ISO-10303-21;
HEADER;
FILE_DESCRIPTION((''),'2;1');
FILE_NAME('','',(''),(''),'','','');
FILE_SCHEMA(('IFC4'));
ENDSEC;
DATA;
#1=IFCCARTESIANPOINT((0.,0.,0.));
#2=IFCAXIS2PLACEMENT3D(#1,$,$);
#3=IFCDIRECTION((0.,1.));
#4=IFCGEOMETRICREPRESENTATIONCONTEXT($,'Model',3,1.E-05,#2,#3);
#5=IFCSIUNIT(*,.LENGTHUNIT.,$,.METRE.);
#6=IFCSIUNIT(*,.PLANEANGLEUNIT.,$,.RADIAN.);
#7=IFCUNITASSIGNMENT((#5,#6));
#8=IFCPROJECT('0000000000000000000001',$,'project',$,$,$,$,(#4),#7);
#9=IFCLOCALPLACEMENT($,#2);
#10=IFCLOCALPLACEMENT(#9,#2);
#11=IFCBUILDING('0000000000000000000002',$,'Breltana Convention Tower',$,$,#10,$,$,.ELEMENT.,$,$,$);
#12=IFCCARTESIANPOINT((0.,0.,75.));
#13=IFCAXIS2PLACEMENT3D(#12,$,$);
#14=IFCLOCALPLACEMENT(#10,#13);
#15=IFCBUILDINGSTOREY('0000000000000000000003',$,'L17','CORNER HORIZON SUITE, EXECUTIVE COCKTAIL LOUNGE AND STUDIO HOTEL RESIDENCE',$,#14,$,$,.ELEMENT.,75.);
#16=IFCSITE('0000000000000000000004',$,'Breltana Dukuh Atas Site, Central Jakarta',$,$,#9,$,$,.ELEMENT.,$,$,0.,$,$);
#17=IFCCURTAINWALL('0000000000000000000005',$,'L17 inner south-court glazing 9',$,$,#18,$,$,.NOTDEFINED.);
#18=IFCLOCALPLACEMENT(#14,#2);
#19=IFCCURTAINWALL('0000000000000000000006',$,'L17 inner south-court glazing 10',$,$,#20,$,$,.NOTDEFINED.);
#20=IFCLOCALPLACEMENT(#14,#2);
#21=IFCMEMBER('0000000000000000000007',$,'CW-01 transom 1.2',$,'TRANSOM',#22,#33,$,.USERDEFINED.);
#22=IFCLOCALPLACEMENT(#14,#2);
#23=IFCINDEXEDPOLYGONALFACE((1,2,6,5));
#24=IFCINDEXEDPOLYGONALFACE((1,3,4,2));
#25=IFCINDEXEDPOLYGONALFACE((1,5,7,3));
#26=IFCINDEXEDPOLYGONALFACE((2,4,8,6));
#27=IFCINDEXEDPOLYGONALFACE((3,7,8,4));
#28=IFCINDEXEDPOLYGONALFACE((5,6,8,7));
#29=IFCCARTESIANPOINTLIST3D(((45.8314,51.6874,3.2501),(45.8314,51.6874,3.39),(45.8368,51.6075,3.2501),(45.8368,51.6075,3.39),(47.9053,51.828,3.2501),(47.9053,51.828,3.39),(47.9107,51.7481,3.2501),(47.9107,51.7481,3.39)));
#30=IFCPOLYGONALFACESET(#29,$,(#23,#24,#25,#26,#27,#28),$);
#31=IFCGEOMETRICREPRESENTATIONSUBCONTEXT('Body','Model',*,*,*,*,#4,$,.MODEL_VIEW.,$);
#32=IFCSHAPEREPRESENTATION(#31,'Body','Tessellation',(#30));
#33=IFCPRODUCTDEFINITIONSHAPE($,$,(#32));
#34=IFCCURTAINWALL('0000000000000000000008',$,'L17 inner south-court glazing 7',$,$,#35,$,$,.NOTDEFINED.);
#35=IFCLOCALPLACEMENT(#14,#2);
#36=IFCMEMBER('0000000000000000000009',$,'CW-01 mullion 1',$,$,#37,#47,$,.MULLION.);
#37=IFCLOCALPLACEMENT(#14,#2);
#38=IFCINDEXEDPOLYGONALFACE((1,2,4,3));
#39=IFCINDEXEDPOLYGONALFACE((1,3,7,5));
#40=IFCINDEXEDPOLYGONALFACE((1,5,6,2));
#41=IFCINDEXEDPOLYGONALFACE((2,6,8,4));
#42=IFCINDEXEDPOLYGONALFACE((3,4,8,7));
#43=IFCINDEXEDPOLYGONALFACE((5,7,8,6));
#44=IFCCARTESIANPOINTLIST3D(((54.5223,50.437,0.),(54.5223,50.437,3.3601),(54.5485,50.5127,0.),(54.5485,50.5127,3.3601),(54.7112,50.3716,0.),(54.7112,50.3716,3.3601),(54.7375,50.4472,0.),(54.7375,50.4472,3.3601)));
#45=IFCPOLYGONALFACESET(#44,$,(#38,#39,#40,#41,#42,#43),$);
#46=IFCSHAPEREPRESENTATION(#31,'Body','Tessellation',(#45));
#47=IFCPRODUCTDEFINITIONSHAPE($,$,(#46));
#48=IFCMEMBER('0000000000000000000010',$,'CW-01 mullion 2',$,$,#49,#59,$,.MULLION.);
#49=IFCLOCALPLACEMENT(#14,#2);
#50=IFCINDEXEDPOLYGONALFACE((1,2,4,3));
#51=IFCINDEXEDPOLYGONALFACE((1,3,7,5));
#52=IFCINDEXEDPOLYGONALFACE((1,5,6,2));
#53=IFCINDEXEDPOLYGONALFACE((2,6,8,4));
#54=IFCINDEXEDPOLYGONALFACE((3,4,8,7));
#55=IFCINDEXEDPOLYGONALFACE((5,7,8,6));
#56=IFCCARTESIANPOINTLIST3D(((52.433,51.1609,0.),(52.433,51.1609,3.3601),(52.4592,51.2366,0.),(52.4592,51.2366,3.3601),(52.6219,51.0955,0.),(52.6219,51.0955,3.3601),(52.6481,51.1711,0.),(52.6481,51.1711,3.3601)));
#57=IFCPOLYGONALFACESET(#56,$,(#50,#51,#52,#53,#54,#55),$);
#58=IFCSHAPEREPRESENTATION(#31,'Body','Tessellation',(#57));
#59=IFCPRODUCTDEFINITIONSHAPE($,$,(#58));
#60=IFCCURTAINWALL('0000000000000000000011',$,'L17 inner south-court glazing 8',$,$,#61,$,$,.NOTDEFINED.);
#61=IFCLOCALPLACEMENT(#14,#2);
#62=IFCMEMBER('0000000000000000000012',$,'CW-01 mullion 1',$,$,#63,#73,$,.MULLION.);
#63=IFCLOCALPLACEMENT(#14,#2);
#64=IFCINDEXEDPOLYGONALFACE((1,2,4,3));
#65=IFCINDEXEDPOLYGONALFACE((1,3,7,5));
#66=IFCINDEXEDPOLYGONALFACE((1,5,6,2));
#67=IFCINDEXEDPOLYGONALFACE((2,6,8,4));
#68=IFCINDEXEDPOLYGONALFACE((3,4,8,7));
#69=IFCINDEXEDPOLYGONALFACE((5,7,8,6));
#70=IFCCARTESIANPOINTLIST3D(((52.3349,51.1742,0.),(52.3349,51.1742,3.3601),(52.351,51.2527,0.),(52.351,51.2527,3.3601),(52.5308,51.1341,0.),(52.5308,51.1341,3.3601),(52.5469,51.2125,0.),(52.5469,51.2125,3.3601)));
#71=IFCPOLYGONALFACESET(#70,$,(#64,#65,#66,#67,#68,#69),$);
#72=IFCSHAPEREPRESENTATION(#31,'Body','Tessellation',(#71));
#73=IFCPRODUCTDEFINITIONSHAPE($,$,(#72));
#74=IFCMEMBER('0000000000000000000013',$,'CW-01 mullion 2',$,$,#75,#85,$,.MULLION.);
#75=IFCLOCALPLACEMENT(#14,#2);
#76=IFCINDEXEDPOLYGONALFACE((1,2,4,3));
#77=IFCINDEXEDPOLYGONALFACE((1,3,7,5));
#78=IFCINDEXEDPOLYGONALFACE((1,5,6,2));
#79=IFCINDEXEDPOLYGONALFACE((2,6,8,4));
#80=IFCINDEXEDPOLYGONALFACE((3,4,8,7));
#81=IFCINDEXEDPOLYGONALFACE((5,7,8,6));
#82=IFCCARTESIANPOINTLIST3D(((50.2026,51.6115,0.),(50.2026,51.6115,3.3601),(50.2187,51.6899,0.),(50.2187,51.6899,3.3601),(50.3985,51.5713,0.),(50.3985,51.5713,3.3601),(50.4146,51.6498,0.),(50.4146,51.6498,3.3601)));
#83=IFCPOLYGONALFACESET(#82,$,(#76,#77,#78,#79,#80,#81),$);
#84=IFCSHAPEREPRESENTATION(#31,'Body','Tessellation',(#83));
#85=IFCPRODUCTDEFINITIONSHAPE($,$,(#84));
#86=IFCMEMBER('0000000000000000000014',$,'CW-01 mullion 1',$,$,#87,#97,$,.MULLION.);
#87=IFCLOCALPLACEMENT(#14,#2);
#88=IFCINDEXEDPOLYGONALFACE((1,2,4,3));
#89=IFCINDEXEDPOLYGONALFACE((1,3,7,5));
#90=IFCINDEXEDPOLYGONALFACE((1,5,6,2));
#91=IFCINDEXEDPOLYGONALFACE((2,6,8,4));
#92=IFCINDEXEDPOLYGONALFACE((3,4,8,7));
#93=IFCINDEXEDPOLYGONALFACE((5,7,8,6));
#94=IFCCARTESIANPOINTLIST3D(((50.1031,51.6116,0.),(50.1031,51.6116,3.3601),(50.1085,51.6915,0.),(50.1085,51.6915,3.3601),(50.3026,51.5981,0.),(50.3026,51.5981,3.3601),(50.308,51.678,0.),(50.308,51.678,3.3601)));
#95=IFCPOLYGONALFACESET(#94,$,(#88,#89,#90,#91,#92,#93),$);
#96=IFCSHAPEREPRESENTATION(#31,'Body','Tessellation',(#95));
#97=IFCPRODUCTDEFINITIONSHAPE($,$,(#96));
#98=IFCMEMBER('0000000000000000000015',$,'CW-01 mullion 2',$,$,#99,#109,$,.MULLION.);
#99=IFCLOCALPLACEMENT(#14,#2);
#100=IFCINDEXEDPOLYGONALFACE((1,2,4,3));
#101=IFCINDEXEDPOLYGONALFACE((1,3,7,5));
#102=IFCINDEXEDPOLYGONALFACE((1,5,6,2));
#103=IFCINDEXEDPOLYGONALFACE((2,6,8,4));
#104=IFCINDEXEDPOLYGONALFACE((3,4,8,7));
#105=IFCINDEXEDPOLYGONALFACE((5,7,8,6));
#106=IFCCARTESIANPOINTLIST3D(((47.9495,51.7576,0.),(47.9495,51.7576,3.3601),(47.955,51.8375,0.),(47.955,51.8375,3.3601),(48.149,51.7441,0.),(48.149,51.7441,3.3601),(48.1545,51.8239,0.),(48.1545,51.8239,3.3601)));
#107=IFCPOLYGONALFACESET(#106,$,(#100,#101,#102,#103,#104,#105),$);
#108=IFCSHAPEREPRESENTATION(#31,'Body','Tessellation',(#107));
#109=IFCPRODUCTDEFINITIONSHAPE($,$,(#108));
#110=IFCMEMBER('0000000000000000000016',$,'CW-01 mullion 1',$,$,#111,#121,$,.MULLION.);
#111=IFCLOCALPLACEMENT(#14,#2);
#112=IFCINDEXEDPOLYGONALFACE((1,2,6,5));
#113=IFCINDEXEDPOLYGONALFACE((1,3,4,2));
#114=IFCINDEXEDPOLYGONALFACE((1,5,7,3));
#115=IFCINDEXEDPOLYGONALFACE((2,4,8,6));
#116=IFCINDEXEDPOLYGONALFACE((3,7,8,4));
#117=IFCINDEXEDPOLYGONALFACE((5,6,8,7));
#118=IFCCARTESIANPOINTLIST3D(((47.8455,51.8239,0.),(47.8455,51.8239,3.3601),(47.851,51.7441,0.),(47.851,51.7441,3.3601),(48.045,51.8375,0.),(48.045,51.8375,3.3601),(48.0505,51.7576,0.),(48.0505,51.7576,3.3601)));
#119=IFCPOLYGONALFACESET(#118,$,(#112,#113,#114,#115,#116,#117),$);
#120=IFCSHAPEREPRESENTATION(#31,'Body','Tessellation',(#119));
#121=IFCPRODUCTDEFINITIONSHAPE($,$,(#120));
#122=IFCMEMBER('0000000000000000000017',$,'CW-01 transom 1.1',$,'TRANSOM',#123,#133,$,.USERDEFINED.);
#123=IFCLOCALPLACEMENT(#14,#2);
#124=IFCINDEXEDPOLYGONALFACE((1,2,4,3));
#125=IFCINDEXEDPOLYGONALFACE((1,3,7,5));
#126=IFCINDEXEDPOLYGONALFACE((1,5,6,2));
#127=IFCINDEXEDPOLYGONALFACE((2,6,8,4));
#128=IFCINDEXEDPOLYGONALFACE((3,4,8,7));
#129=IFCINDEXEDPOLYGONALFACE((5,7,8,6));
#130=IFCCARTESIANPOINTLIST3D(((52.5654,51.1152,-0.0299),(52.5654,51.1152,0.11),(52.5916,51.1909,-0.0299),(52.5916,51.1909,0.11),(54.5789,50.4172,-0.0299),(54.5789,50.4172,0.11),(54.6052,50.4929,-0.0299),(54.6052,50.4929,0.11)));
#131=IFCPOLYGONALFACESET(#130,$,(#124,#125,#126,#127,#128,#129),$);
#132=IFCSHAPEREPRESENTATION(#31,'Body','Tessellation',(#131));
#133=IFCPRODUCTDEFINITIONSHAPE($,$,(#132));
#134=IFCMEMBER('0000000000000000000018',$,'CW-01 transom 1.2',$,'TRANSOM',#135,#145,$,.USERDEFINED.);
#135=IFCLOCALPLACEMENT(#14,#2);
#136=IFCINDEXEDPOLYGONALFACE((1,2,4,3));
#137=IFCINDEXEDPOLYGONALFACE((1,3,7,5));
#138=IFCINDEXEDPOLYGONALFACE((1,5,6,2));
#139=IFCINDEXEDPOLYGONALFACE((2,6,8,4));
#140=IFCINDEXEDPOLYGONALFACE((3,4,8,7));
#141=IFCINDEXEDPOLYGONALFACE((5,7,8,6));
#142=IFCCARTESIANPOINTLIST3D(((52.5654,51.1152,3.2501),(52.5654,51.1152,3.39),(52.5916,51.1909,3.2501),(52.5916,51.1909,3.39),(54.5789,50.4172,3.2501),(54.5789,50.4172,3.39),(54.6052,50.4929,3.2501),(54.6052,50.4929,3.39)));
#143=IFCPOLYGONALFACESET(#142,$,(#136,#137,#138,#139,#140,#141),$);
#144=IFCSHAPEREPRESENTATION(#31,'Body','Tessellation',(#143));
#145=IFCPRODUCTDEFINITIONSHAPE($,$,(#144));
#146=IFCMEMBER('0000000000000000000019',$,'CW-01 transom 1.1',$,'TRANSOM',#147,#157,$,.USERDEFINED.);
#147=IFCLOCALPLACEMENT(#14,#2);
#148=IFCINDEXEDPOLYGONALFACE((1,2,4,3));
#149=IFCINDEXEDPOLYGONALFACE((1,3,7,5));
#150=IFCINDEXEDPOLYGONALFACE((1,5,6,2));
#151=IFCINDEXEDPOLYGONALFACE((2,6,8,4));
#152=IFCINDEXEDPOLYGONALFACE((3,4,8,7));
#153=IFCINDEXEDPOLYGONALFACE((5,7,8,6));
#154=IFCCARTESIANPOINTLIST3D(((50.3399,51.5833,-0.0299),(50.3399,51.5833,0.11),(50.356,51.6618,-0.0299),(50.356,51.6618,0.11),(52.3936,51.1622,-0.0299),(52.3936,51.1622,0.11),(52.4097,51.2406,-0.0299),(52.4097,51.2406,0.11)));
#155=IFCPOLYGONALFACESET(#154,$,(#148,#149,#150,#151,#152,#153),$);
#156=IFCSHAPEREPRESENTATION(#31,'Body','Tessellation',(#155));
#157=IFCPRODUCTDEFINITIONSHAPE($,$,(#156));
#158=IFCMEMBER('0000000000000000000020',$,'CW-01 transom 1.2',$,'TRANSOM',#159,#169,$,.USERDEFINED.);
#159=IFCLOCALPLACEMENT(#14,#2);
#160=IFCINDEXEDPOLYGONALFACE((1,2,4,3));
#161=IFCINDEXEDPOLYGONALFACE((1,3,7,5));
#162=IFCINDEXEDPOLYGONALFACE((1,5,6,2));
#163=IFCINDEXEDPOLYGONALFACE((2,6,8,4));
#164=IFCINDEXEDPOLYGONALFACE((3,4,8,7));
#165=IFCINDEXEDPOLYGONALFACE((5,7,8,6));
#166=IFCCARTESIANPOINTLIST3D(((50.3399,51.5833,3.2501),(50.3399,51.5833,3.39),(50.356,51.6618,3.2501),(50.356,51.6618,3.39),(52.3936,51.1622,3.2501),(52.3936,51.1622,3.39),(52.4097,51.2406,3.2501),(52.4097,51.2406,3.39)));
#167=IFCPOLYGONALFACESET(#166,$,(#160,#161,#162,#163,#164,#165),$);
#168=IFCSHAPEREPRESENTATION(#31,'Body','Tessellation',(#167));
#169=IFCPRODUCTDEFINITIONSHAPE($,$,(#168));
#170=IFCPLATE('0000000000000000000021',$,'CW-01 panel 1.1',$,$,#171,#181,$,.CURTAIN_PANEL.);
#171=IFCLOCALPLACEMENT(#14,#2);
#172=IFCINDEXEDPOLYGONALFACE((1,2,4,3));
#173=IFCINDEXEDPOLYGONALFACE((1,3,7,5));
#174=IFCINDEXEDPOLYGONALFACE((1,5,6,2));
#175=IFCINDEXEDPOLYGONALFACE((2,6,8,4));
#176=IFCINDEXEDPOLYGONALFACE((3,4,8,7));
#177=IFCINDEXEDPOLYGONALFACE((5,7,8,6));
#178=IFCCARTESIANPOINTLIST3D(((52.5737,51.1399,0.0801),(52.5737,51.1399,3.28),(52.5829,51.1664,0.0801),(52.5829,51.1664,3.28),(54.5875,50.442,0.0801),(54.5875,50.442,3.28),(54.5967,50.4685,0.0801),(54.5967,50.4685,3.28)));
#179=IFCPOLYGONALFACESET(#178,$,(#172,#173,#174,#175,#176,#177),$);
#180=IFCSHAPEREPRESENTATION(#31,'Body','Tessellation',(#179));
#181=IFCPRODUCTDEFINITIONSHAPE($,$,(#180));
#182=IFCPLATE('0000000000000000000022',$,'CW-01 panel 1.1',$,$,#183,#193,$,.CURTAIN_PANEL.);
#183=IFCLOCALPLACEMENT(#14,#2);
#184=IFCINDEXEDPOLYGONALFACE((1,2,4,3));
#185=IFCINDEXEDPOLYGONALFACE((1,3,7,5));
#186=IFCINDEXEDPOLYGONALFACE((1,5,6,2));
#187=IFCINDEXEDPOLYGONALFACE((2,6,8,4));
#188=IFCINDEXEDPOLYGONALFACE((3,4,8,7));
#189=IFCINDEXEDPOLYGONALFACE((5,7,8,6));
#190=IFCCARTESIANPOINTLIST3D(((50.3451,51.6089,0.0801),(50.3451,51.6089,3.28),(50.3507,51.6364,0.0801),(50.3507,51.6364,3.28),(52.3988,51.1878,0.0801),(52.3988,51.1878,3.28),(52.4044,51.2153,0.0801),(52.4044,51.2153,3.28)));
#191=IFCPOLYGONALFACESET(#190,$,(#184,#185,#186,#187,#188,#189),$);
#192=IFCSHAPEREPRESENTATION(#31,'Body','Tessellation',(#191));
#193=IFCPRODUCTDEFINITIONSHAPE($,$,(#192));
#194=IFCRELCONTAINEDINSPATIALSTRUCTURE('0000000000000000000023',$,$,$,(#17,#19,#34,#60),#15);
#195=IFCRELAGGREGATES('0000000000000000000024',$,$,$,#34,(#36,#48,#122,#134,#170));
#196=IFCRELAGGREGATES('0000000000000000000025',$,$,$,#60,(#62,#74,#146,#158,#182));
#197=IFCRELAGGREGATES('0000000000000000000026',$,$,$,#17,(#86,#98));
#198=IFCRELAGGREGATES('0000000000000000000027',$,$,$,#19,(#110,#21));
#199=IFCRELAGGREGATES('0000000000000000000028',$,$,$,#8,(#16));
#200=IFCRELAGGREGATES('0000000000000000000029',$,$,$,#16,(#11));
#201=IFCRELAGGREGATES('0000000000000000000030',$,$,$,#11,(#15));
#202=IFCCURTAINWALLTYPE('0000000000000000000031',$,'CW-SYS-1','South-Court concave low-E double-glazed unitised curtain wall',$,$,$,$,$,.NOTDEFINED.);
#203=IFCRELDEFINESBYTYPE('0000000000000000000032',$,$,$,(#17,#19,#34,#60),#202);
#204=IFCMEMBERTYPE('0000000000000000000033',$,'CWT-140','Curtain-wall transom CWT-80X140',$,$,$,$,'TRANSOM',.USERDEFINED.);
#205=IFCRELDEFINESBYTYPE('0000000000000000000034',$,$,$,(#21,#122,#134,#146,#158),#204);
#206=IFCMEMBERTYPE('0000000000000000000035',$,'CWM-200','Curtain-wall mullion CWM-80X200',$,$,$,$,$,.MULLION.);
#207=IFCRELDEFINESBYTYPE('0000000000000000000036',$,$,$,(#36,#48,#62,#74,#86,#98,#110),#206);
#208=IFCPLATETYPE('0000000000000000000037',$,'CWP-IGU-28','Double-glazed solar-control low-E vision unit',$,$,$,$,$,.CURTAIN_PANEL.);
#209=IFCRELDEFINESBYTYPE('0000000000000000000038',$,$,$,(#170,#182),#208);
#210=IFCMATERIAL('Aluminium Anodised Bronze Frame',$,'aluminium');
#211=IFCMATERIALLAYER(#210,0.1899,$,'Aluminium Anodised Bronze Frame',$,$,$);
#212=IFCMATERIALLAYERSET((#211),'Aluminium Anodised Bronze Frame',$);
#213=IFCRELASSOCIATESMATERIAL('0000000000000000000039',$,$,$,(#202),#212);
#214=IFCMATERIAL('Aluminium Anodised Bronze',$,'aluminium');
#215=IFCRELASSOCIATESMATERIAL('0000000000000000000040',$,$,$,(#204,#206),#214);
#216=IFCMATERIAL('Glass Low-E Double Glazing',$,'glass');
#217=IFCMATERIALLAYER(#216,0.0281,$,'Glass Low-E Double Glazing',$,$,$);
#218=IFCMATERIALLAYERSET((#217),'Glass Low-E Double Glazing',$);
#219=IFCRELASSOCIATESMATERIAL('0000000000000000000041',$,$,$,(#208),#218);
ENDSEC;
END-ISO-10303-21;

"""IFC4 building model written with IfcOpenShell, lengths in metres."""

from ifc_helpers import new_model, si_unit, direction, frame, origin, origin_2d, place, context, subcontext, project, spatial, rectangle, extrude, source, transform, mapped, material, layer, layer_set, material_profile, profile_set, type_object, element, aggregate, save


model = new_model("IFC4")

# Units and contexts
model_context = context("Model", 3, precision=1e-05, world=origin(), true_north=direction((0.0, 1.0)))
body_context = subcontext(model_context, "Body", "Model", "MODEL_VIEW")
ifc_project = project(units=[si_unit("LENGTHUNIT", "METRE"), si_unit("PLANEANGLEUNIT", "RADIAN")], contexts=[model_context])

# Site, building, storey
site_placement = place(None, origin())
site = spatial("IfcSite", under=ifc_project, at=site_placement, Name="Breltana Dukuh Atas Site, Central Jakarta", CompositionType="ELEMENT", RefElevation=0.0)
building_placement = place(site_placement, origin())
building = spatial("IfcBuilding", under=site, at=building_placement, Name="Breltana Convention Tower", CompositionType="ELEMENT")
storey_placement = place(building_placement, frame((0.0, 0.0, 75.0)))
storey = spatial("IfcBuildingStorey", under=building, at=storey_placement, Name="L17", Description="CORNER HORIZON SUITE, EXECUTIVE COCKTAIL LOUNGE AND STUDIO HOTEL RESIDENCE", CompositionType="ELEMENT", Elevation=75.0)

# Curtain walls, members
ifc_material_1 = material(Name="Aluminium Anodised Bronze Frame", Category="aluminium")
ifc_layer_1 = layer(ifc_material_1, 0.1899, Name="Aluminium Anodised Bronze Frame")
ifc_layer_set_1 = layer_set([ifc_layer_1], Name="Aluminium Anodised Bronze Frame")
curtain_wall_type = type_object("IfcCurtainWallType", Name="CW-SYS-1", Description="South-Court concave low-E double-glazed unitised curtain wall", PredefinedType="NOTDEFINED", material=ifc_layer_set_1)
curtain_wall_1_placement = place(storey_placement, origin())
curtain_wall_1 = element("IfcCurtainWall", 1, at=curtain_wall_1_placement, inside=storey, type_object=curtain_wall_type, Name="L17 inner south-court glazing 9", PredefinedType="NOTDEFINED")
ifc_material_2 = material(Name="Aluminium Anodised Bronze", Category="aluminium")
ifc_material_profile_1 = material_profile(ifc_material_2, rectangle(XDim=0.0801, YDim=0.1399, at=origin_2d()), Name="CWT-80X140")
ifc_profile_set_1 = profile_set([ifc_material_profile_1], Name="Aluminium Anodised Bronze")
member_type_1 = type_object("IfcMemberType", Name="CWT-140", Description="Curtain-wall transom CWT-80X140", ElementType="TRANSOM", PredefinedType="USERDEFINED", material=ifc_profile_set_1)
shared_shape_1 = source(origin(), body_context, "Body", "SweptSolid", [
    extrude(rectangle(XDim=0.0801, YDim=0.1399, at=origin_2d()), origin(), (0.0, 0.0, 1.0), 2.0786),
])
curtain_wall_2_placement = place(storey_placement, origin())
curtain_wall_2 = element("IfcCurtainWall", 2, at=curtain_wall_2_placement, inside=storey, type_object=curtain_wall_type, Name="L17 inner south-court glazing 10", PredefinedType="NOTDEFINED")
member_1_placement = place(storey_placement, frame((47.908, 51.7881, 3.3201), z_axis=(-0.997709, -0.067657, 0.0), x_axis=(0.067657, -0.997709, 0.0)))
member_1 = element("IfcMember", 3, at=member_1_placement, type_object=member_type_1, Name="CW-01 transom 1.2", ObjectType="TRANSOM", PredefinedType="USERDEFINED", context=body_context, shape_type="MappedRepresentation", body=[
    mapped(shared_shape_1, transform((0.0, 0.0, 0.0), scale=1.0)),
])
curtain_wall_3_placement = place(storey_placement, origin())
curtain_wall_3 = element("IfcCurtainWall", 4, at=curtain_wall_3_placement, inside=storey, type_object=curtain_wall_type, Name="L17 inner south-court glazing 7", PredefinedType="NOTDEFINED")
ifc_material_profile_2 = material_profile(ifc_material_2, rectangle(XDim=0.0801, YDim=0.2, at=origin_2d()), Name="CWM-80X200")
ifc_profile_set_2 = profile_set([ifc_material_profile_2], Name="Aluminium Anodised Bronze")
member_type_2 = type_object("IfcMemberType", Name="CWM-200", Description="Curtain-wall mullion CWM-80X200", PredefinedType="MULLION", material=ifc_profile_set_2)
shared_shape_2 = source(origin(), body_context, "Body", "SweptSolid", [
    extrude(rectangle(XDim=0.0801, YDim=0.2, at=origin_2d()), origin(), (0.0, 0.0, 1.0), 3.3601),
])
member_2_placement = place(storey_placement, frame((54.6299, 50.4421, 0.0), z_axis=(0.0, 0.0, 1.0), x_axis=(-0.327413, -0.944881, 0.0)))
member_2 = element("IfcMember", 5, at=member_2_placement, type_object=member_type_2, Name="CW-01 mullion 1", PredefinedType="MULLION", context=body_context, shape_type="MappedRepresentation", body=[
    mapped(shared_shape_2, transform((0.0, 0.0, 0.0), scale=1.0)),
])
member_3_placement = place(storey_placement, frame((52.5405, 51.166, 0.0), z_axis=(0.0, 0.0, 1.0), x_axis=(-0.327413, -0.944881, 0.0)))
member_3 = element("IfcMember", 6, at=member_3_placement, type_object=member_type_2, Name="CW-01 mullion 2", PredefinedType="MULLION", context=body_context, shape_type="MappedRepresentation", body=[
    mapped(shared_shape_2, transform((0.0, 0.0, 0.0), scale=1.0)),
])
curtain_wall_4_placement = place(storey_placement, origin())
curtain_wall_4 = element("IfcCurtainWall", 7, at=curtain_wall_4_placement, inside=storey, type_object=curtain_wall_type, Name="L17 inner south-court glazing 8", PredefinedType="NOTDEFINED")
member_4_placement = place(storey_placement, frame((52.4409, 51.1934, 0.0), z_axis=(0.0, 0.0, 1.0), x_axis=(-0.200886, -0.979615, 0.0)))
member_4 = element("IfcMember", 8, at=member_4_placement, type_object=member_type_2, Name="CW-01 mullion 1", PredefinedType="MULLION", context=body_context, shape_type="MappedRepresentation", body=[
    mapped(shared_shape_2, transform((0.0, 0.0, 0.0), scale=1.0)),
])
member_5_placement = place(storey_placement, frame((50.3086, 51.6306, 0.0), z_axis=(0.0, 0.0, 1.0), x_axis=(-0.200886, -0.979615, 0.0)))
member_5 = element("IfcMember", 9, at=member_5_placement, type_object=member_type_2, Name="CW-01 mullion 2", PredefinedType="MULLION", context=body_context, shape_type="MappedRepresentation", body=[
    mapped(shared_shape_2, transform((0.0, 0.0, 0.0), scale=1.0)),
])

# Members
member_6_placement = place(storey_placement, frame((50.2056, 51.6448, 0.0), z_axis=(0.0, 0.0, 1.0), x_axis=(-0.067726, -0.997704, 0.0)))
member_6 = element("IfcMember", 10, at=member_6_placement, type_object=member_type_2, Name="CW-01 mullion 1", PredefinedType="MULLION", context=body_context, shape_type="MappedRepresentation", body=[
    mapped(shared_shape_2, transform((0.0, 0.0, 0.0), scale=1.0)),
])
member_7_placement = place(storey_placement, frame((48.052, 51.7908, 0.0), z_axis=(0.0, 0.0, 1.0), x_axis=(-0.067726, -0.997704, 0.0)))
member_7 = element("IfcMember", 11, at=member_7_placement, type_object=member_type_2, Name="CW-01 mullion 2", PredefinedType="MULLION", context=body_context, shape_type="MappedRepresentation", body=[
    mapped(shared_shape_2, transform((0.0, 0.0, 0.0), scale=1.0)),
])
member_8_placement = place(storey_placement, frame((47.948, 51.7908, 0.0), z_axis=(0.0, 0.0, 1.0), x_axis=(0.067726, -0.997704, 0.0)))
member_8 = element("IfcMember", 12, at=member_8_placement, type_object=member_type_2, Name="CW-01 mullion 1", PredefinedType="MULLION", context=body_context, shape_type="MappedRepresentation", body=[
    mapped(shared_shape_2, transform((0.0, 0.0, 0.0), scale=1.0)),
])
shared_shape_3 = source(origin(), body_context, "Body", "SweptSolid", [
    extrude(rectangle(XDim=0.0801, YDim=0.1399, at=origin_2d()), origin(), (0.0, 0.0, 1.0), 2.1311),
])
member_9_placement = place(storey_placement, frame((54.592, 50.4551, 0.04), z_axis=(-0.944847, 0.327512, 0.0), x_axis=(-0.327512, -0.944847, 0.0)))
member_9 = element("IfcMember", 13, at=member_9_placement, type_object=member_type_1, Name="CW-01 transom 1.1", ObjectType="TRANSOM", PredefinedType="USERDEFINED", context=body_context, shape_type="MappedRepresentation", body=[
    mapped(shared_shape_3, transform((0.0, 0.0, 0.0), scale=1.0)),
])
member_10_placement = place(storey_placement, frame((54.592, 50.4551, 3.3201), z_axis=(-0.944847, 0.327512, 0.0), x_axis=(-0.327512, -0.944847, 0.0)))
member_10 = element("IfcMember", 14, at=member_10_placement, type_object=member_type_1, Name="CW-01 transom 1.2", ObjectType="TRANSOM", PredefinedType="USERDEFINED", context=body_context, shape_type="MappedRepresentation", body=[
    mapped(shared_shape_3, transform((0.0, 0.0, 0.0), scale=1.0)),
])
shared_shape_4 = source(origin(), body_context, "Body", "SweptSolid", [
    extrude(rectangle(XDim=0.0801, YDim=0.1399, at=origin_2d()), origin(), (0.0, 0.0, 1.0), 2.0964),
])
member_11_placement = place(storey_placement, frame((52.4016, 51.2014, 0.04), z_axis=(-0.979615, 0.200884, 0.0), x_axis=(-0.200884, -0.979615, 0.0)))
member_11 = element("IfcMember", 15, at=member_11_placement, type_object=member_type_1, Name="CW-01 transom 1.1", ObjectType="TRANSOM", PredefinedType="USERDEFINED", context=body_context, shape_type="MappedRepresentation", body=[
    mapped(shared_shape_4, transform((0.0, 0.0, 0.0), scale=1.0)),
])
member_12_placement = place(storey_placement, frame((52.4016, 51.2014, 3.3201), z_axis=(-0.979615, 0.200884, 0.0), x_axis=(-0.200884, -0.979615, 0.0)))
member_12 = element("IfcMember", 16, at=member_12_placement, type_object=member_type_1, Name="CW-01 transom 1.2", ObjectType="TRANSOM", PredefinedType="USERDEFINED", context=body_context, shape_type="MappedRepresentation", body=[
    mapped(shared_shape_4, transform((0.0, 0.0, 0.0), scale=1.0)),
])

# Plates
ifc_material_3 = material(Name="Glass Low-E Double Glazing", Category="glass")
ifc_layer_2 = layer(ifc_material_3, 0.0281, Name="Glass Low-E Double Glazing")
ifc_layer_set_2 = layer_set([ifc_layer_2], Name="Glass Low-E Double Glazing")
plate_type = type_object("IfcPlateType", Name="CWP-IGU-28", Description="Double-glazed solar-control low-E vision unit", PredefinedType="CURTAIN_PANEL", material=ifc_layer_set_2)
shared_shape_5 = source(origin(), body_context, "Body", "SweptSolid", [
    extrude(rectangle(XDim=2.1313, YDim=0.0281, at=origin_2d()), origin(), (0.0, 0.0, 1.0), 3.2),
])
plate_1_placement = place(storey_placement, frame((53.5852, 50.8042, 0.0801), z_axis=(0.0, 0.0, 1.0), x_axis=(-0.944881, 0.327413, 0.0)))
plate_1 = element("IfcPlate", 17, at=plate_1_placement, type_object=plate_type, Name="CW-01 panel 1.1", PredefinedType="CURTAIN_PANEL", context=body_context, shape_type="MappedRepresentation", body=[
    mapped(shared_shape_5, transform((0.0, 0.0, 0.0), scale=1.0)),
])
aggregate(curtain_wall_3, [member_2, member_3, member_9, member_10, plate_1])
shared_shape_6 = source(origin(), body_context, "Body", "SweptSolid", [
    extrude(rectangle(XDim=2.0964, YDim=0.0281, at=origin_2d()), origin(), (0.0, 0.0, 1.0), 3.2),
])
plate_2_placement = place(storey_placement, frame((51.3748, 51.4121, 0.0801), z_axis=(0.0, 0.0, 1.0), x_axis=(-0.979615, 0.200886, 0.0)))
plate_2 = element("IfcPlate", 18, at=plate_2_placement, type_object=plate_type, Name="CW-01 panel 1.1", PredefinedType="CURTAIN_PANEL", context=body_context, shape_type="MappedRepresentation", body=[
    mapped(shared_shape_6, transform((0.0, 0.0, 0.0), scale=1.0)),
])
aggregate(curtain_wall_4, [member_4, member_5, member_11, member_12, plate_2])
aggregate(curtain_wall_1, [member_6, member_7])
aggregate(curtain_wall_2, [member_8, member_1])

save(model, "model.ifc")
